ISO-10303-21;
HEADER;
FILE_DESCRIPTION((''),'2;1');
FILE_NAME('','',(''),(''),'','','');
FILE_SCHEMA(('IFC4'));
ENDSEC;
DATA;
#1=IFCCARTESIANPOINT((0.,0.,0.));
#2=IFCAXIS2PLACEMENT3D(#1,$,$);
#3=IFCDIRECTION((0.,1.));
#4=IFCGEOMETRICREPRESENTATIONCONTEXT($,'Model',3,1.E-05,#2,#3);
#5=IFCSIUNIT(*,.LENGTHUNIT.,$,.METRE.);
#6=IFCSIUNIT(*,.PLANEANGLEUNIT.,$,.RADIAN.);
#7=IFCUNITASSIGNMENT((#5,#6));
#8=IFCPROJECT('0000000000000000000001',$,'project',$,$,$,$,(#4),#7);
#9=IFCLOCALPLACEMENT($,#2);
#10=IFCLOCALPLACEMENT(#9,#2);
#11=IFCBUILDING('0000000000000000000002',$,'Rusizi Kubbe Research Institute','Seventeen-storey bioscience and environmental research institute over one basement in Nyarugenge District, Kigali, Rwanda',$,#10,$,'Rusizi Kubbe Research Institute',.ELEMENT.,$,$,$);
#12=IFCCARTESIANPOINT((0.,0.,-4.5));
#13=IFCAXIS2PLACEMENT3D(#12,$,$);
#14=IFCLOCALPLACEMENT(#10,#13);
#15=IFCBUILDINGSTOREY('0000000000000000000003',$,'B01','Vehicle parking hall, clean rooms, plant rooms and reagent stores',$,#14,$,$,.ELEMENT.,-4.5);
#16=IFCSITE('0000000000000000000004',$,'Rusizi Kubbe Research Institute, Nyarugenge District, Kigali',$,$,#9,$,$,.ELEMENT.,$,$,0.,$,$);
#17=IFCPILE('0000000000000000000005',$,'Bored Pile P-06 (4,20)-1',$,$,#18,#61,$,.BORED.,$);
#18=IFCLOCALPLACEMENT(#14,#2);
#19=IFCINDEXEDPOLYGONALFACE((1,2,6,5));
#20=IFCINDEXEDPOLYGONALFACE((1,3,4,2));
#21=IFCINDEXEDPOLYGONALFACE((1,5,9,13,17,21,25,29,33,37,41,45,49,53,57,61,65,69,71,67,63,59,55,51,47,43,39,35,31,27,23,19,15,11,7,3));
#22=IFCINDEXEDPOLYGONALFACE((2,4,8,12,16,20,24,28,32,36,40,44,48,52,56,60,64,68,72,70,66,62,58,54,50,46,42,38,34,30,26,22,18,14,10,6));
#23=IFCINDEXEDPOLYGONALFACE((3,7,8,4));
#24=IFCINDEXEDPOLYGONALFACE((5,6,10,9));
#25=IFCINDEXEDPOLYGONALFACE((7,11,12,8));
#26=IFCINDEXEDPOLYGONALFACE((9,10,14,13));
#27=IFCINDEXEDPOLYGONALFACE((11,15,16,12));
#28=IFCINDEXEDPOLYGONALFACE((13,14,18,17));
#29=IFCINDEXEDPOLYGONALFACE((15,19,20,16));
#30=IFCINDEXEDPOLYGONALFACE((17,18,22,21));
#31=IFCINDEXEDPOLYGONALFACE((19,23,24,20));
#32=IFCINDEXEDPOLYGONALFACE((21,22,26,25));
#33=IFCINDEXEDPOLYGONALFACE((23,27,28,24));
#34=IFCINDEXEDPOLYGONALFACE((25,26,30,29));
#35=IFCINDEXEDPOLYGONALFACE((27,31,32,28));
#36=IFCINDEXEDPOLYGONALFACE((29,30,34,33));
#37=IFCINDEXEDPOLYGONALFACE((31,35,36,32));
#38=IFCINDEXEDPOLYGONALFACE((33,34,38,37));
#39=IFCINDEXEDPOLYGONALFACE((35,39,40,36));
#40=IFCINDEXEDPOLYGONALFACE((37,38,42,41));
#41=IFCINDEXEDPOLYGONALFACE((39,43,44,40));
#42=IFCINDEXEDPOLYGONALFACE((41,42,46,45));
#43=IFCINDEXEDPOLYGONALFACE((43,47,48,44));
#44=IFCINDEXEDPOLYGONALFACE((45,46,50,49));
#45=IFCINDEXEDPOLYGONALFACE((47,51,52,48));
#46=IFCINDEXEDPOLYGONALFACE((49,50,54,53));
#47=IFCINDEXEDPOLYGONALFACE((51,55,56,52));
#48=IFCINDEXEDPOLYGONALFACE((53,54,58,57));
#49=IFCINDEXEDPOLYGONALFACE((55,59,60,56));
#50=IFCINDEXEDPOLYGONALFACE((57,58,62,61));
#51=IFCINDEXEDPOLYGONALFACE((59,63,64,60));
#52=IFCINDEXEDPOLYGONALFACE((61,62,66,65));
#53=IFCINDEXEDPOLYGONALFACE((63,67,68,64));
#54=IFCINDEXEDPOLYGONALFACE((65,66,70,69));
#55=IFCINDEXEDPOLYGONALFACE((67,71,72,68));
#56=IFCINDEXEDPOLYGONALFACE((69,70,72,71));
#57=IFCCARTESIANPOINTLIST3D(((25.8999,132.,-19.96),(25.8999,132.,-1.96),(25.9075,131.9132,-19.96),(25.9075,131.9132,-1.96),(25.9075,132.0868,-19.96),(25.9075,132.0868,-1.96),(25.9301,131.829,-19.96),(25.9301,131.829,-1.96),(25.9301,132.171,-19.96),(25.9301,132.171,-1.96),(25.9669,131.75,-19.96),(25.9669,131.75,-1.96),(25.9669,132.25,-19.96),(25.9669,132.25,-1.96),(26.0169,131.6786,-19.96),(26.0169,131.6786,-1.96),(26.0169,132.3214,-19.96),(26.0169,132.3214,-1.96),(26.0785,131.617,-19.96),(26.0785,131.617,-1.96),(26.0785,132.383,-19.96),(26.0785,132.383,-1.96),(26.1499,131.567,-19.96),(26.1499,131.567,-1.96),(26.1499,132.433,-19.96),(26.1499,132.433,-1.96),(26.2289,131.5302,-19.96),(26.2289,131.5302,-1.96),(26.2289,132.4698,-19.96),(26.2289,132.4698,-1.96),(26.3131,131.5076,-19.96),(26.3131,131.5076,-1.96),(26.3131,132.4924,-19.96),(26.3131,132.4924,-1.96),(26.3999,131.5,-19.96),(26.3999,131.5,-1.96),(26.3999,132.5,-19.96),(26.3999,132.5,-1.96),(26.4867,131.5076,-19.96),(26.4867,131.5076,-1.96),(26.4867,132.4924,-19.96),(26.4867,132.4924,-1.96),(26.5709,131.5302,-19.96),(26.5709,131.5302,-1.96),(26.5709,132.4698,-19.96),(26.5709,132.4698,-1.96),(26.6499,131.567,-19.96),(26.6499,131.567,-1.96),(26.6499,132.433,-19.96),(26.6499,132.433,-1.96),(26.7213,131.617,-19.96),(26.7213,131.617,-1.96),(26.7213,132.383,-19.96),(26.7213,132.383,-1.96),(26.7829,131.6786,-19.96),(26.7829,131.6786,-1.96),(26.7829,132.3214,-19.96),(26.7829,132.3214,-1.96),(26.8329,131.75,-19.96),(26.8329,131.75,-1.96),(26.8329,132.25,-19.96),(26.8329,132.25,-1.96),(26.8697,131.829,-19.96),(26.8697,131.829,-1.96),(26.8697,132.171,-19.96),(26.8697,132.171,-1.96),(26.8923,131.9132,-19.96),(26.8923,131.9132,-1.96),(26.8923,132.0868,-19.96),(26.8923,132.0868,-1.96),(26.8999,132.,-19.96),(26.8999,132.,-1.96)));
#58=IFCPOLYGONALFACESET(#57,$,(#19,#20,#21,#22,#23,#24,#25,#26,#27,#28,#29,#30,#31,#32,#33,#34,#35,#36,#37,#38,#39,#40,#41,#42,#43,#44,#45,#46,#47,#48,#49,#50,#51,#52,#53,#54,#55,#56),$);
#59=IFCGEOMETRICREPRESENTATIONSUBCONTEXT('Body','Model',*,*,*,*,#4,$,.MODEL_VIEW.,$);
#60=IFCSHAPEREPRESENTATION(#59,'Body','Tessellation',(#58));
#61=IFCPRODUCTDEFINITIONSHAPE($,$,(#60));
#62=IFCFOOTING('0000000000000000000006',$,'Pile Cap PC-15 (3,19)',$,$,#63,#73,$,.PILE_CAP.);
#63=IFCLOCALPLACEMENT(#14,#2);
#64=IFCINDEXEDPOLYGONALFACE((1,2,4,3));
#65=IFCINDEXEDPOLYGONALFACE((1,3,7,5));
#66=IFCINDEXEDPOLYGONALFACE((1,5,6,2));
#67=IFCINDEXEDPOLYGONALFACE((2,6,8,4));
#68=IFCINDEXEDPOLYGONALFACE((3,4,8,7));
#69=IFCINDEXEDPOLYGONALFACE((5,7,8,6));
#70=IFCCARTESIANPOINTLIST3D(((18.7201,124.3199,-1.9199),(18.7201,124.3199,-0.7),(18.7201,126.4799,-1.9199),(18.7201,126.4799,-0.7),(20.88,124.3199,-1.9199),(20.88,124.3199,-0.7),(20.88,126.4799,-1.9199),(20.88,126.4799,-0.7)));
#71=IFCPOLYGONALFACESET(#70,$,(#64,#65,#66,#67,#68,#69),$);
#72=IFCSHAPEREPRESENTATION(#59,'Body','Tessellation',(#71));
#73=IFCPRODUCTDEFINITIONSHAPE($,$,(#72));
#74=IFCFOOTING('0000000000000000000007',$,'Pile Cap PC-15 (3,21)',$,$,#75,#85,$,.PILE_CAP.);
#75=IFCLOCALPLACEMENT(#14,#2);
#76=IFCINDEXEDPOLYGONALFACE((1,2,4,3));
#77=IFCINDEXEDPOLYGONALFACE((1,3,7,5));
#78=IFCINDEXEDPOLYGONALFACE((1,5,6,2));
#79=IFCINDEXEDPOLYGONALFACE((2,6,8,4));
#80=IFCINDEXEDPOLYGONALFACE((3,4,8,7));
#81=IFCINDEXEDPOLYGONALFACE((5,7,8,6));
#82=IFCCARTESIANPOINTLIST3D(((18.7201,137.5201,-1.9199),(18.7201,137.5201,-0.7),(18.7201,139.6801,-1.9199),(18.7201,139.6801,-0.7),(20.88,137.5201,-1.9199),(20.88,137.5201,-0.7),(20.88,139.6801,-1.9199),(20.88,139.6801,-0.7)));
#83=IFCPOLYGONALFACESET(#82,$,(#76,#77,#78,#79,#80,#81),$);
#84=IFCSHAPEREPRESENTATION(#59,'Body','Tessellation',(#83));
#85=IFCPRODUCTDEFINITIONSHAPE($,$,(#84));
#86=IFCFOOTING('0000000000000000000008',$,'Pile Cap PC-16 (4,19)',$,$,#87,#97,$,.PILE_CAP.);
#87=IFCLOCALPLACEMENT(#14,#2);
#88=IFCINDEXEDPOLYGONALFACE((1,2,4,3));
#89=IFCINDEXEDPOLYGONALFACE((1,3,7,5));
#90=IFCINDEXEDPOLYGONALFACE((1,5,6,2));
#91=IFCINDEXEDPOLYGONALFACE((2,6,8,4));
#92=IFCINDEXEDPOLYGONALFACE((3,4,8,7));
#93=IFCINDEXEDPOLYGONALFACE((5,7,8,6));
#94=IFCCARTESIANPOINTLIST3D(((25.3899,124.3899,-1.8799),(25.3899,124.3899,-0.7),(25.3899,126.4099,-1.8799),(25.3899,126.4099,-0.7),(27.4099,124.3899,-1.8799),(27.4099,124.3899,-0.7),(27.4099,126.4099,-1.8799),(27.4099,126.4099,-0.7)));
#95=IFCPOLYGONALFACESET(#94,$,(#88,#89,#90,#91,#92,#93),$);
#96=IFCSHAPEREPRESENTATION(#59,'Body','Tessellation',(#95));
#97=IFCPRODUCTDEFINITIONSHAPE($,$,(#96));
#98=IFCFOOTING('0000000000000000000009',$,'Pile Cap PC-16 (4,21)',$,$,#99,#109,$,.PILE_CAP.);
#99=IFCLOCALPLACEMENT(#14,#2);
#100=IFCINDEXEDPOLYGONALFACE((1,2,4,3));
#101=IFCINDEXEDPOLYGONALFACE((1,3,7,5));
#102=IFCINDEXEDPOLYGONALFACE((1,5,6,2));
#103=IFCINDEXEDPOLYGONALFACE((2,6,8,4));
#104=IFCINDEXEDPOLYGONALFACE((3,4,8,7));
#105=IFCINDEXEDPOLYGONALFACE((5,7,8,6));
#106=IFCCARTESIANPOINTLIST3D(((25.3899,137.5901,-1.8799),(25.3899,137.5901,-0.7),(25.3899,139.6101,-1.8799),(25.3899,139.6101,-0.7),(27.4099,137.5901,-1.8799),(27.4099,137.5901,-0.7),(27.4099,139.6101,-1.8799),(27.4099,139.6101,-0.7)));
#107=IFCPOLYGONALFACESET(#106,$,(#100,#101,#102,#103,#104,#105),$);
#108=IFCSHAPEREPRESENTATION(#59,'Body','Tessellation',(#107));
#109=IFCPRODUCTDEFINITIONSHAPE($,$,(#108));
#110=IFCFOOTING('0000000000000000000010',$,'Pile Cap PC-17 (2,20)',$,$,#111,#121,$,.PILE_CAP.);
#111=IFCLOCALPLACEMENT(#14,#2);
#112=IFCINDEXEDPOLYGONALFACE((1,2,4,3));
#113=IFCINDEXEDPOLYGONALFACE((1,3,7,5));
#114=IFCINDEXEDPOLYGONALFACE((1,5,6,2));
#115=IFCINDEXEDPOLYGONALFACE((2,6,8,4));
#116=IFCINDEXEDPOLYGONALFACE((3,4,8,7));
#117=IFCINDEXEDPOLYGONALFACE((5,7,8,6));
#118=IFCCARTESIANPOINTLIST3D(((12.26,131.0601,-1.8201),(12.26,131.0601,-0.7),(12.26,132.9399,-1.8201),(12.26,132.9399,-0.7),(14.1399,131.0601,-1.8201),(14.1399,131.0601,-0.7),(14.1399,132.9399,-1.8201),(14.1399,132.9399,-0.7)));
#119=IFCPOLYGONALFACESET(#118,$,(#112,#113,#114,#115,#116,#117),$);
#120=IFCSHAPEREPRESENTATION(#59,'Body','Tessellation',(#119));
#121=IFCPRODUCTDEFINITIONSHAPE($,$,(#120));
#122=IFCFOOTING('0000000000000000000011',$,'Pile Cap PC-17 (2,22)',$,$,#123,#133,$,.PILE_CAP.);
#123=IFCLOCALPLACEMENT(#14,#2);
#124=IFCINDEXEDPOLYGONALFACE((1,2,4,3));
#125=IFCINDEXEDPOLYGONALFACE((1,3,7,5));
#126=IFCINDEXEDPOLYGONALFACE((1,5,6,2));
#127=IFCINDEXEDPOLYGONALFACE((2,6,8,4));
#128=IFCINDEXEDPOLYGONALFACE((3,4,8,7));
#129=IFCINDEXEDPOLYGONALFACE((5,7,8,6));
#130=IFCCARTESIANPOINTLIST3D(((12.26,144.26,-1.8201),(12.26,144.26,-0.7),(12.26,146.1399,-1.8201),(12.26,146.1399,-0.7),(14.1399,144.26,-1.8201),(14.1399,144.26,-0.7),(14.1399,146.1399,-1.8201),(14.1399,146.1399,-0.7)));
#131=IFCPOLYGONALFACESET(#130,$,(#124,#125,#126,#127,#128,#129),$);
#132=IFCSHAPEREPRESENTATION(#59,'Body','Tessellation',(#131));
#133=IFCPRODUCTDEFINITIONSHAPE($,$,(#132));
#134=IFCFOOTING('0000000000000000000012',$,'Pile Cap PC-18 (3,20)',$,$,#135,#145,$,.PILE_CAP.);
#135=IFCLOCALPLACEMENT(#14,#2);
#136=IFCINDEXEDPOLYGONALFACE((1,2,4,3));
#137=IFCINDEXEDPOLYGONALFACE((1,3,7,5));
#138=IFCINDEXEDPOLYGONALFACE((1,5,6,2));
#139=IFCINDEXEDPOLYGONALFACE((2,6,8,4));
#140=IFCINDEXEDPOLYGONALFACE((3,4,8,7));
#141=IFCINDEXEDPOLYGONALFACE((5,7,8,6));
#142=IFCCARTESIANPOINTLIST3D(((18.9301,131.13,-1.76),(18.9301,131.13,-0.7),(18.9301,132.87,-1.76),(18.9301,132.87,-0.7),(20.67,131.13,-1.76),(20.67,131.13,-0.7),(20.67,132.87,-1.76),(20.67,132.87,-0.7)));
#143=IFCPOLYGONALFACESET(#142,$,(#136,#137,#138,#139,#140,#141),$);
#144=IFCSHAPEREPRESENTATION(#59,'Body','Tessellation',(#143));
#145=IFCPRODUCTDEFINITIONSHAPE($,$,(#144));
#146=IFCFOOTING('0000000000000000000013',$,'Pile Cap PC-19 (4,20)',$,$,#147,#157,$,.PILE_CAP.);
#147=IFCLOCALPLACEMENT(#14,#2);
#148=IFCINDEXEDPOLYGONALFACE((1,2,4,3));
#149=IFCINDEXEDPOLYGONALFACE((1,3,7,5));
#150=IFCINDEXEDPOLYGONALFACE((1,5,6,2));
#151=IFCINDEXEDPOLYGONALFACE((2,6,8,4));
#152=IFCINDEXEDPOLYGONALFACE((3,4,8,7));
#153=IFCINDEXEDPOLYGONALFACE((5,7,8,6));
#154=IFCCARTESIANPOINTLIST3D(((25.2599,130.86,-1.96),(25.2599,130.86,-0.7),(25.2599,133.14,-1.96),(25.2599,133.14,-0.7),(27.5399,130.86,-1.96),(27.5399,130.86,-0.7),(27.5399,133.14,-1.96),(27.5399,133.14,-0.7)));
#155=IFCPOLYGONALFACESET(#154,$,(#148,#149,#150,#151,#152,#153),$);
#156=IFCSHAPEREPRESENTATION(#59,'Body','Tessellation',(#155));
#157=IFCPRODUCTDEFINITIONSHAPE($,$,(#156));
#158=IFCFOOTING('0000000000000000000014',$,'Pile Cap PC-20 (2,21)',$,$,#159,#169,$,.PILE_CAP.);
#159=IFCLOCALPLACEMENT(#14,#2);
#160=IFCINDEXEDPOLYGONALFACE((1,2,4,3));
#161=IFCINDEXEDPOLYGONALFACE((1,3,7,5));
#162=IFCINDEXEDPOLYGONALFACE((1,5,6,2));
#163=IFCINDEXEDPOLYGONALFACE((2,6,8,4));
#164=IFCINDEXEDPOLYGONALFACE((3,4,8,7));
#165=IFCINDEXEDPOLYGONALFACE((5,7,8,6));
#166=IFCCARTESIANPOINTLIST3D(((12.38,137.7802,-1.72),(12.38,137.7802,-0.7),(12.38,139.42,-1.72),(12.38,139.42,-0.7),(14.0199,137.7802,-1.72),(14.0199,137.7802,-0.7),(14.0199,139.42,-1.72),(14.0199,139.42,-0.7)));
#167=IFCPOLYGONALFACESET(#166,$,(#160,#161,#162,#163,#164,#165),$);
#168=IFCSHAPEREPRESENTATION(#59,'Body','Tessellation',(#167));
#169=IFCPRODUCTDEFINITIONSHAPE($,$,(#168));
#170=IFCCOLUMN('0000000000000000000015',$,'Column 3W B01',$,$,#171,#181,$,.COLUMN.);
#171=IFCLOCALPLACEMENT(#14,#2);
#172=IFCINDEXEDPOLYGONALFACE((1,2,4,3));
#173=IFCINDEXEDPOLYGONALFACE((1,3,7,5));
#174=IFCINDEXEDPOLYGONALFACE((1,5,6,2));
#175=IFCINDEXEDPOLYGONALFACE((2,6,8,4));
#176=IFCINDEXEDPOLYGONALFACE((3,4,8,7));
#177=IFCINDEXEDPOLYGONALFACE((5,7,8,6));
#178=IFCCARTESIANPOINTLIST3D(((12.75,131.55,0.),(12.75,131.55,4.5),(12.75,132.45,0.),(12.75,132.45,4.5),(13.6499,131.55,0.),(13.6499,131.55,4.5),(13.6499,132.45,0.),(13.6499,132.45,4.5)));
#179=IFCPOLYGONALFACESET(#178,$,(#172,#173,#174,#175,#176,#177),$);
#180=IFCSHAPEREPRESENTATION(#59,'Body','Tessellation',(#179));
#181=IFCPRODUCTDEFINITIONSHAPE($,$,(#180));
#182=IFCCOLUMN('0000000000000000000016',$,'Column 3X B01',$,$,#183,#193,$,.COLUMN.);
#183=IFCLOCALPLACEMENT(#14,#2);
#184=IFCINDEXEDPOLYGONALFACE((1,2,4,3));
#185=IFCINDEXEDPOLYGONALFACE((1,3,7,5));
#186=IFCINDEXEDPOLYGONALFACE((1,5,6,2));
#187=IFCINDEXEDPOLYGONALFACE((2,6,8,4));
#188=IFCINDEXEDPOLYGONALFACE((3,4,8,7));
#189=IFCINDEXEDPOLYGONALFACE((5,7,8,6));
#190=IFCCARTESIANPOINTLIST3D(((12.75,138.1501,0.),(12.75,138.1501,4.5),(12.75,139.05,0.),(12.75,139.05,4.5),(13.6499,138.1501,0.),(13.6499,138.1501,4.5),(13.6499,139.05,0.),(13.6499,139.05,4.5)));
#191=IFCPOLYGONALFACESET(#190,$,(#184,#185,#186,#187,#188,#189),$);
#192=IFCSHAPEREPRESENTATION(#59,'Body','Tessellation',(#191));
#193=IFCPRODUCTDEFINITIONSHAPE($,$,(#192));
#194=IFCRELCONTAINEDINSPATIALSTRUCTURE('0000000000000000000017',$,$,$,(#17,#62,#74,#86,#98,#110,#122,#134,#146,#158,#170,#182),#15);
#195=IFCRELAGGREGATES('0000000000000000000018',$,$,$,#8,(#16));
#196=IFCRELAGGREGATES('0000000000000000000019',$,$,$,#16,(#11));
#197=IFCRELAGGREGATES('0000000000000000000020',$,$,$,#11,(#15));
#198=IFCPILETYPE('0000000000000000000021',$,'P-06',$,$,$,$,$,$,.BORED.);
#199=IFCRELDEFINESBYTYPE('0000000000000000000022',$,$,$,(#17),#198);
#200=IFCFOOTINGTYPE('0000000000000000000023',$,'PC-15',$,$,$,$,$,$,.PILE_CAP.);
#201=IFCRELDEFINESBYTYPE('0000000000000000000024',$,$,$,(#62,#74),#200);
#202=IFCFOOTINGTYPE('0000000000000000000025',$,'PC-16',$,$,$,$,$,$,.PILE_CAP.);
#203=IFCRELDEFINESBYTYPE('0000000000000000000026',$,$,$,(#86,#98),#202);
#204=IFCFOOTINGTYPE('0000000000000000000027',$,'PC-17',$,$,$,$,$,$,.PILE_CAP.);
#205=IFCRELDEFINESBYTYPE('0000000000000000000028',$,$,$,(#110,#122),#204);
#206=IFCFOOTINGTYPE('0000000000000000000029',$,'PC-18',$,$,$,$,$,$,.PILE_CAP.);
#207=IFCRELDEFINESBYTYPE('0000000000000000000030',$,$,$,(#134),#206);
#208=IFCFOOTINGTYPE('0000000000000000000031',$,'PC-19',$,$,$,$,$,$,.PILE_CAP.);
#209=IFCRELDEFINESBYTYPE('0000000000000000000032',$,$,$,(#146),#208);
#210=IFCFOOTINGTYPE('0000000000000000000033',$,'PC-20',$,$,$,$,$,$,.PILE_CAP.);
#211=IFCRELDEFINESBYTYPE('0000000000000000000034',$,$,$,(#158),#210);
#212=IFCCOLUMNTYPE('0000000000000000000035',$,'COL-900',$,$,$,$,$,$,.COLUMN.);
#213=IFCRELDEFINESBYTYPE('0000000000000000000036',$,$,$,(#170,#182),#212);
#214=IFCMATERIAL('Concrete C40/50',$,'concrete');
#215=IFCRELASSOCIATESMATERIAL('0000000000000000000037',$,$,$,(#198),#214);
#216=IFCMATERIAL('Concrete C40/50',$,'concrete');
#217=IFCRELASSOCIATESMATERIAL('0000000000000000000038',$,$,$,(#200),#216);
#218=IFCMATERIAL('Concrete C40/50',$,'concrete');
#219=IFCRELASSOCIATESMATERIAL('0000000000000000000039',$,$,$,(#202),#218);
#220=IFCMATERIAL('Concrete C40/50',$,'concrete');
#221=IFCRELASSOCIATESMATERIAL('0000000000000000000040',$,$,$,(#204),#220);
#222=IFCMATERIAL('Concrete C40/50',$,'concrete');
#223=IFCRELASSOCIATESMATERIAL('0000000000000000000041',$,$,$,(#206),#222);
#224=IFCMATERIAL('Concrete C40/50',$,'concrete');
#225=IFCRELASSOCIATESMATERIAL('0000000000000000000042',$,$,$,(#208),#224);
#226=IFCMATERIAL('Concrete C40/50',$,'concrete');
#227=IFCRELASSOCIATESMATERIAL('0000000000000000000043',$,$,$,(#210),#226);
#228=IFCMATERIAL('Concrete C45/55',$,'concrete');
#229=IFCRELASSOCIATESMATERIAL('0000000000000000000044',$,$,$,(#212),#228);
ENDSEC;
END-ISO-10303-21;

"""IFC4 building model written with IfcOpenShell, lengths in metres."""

from ifc_helpers import new_model, si_unit, direction, frame, origin, origin_2d, place, context, subcontext, project, spatial, rectangle, circle, extrude, material, material_profile, profile_set, type_object, element, save


model = new_model("IFC4")

# Units and contexts
model_context = context("Model", 3, precision=1e-05, world=origin(), true_north=direction((0.0, 1.0)))
body_context = subcontext(model_context, "Body", "Model", "MODEL_VIEW")
ifc_project = project(units=[si_unit("LENGTHUNIT", "METRE"), si_unit("PLANEANGLEUNIT", "RADIAN")], contexts=[model_context])

# Site, building, storey
site_placement = place(None, origin())
site = spatial("IfcSite", under=ifc_project, at=site_placement, Name="Rusizi Kubbe Research Institute, Nyarugenge District, Kigali", CompositionType="ELEMENT", RefElevation=0.0)
building_placement = place(site_placement, origin())
building = spatial("IfcBuilding", under=site, at=building_placement, Name="Rusizi Kubbe Research Institute", Description="Seventeen-storey bioscience and environmental research institute over one basement in Nyarugenge District, Kigali, Rwanda", LongName="Rusizi Kubbe Research Institute", CompositionType="ELEMENT")
storey_placement = place(building_placement, frame((0.0, 0.0, -4.5)))
storey = spatial("IfcBuildingStorey", under=building, at=storey_placement, Name="B01", Description="Vehicle parking hall, clean rooms, plant rooms and reagent stores", CompositionType="ELEMENT", Elevation=-4.5)

# Pile
ifc_material_1 = material(Name="Concrete C40/50", Category="concrete")
ifc_material_profile_1 = material_profile(ifc_material_1, circle(Radius=0.5, at=origin_2d()), Name="PILE-D1000")
ifc_profile_set_1 = profile_set([ifc_material_profile_1], Name="Concrete C40/50")
pile_type_1 = type_object("IfcPileType", Name="P-06", PredefinedType="BORED", material=ifc_profile_set_1)
pile_placement = place(storey_placement, frame((26.3999, 132.0, -1.96), z_axis=(0.0, 0.0, -1.0), x_axis=(1.0, 0.0, 0.0)))
element("IfcPile", 1, at=pile_placement, inside=storey, type_object=pile_type_1, Name="Bored Pile P-06 (4,20)-1", PredefinedType="BORED", context=body_context, shape_type="SweptSolid", body=[
    extrude(circle(Radius=0.5, at=origin_2d()), origin(), (0.0, 0.0, 1.0), 18.0),
])

# Footings
ifc_material_2 = material(Name="Concrete C40/50", Category="concrete")
footing_type_1 = type_object("IfcFootingType", Name="PC-15", PredefinedType="PILE_CAP", material=ifc_material_2)
for number, where, z_axis, x_axis, name in (
    (2, (19.8, 125.3999, -1.9199), (0.0, 0.0, 1.0), (1.0, 0.0, 0.0), "Pile Cap PC-15 (3,19)"),
    (3, (19.8, 138.6001, -1.9199), (0.0, 0.0, 1.0), (1.0, 0.0, 0.0), "Pile Cap PC-15 (3,21)"),
):
    element("IfcFooting", number, at=place(storey_placement, frame(where, z_axis=z_axis, x_axis=x_axis)), inside=storey, type_object=footing_type_1, Name=name, PredefinedType="PILE_CAP", context=body_context, shape_type="SweptSolid", body=[
        extrude(rectangle(XDim=2.1599, YDim=2.1599, at=origin_2d()), origin(), (0.0, 0.0, 1.0), 1.22),
    ])
ifc_material_3 = material(Name="Concrete C40/50", Category="concrete")
footing_type_2 = type_object("IfcFootingType", Name="PC-16", PredefinedType="PILE_CAP", material=ifc_material_3)
for number, where, z_axis, x_axis, name in (
    (4, (26.3999, 125.3999, -1.8799), (0.0, 0.0, 1.0), (1.0, 0.0, 0.0), "Pile Cap PC-16 (4,19)"),
    (5, (26.3999, 138.6001, -1.8799), (0.0, 0.0, 1.0), (1.0, 0.0, 0.0), "Pile Cap PC-16 (4,21)"),
):
    element("IfcFooting", number, at=place(storey_placement, frame(where, z_axis=z_axis, x_axis=x_axis)), inside=storey, type_object=footing_type_2, Name=name, PredefinedType="PILE_CAP", context=body_context, shape_type="SweptSolid", body=[
        extrude(rectangle(XDim=2.02, YDim=2.02, at=origin_2d()), origin(), (0.0, 0.0, 1.0), 1.1799),
    ])
ifc_material_4 = material(Name="Concrete C40/50", Category="concrete")
footing_type_3 = type_object("IfcFootingType", Name="PC-17", PredefinedType="PILE_CAP", material=ifc_material_4)
for number, where, z_axis, x_axis, name in (
    (6, (13.2, 132.0, -1.8201), (0.0, 0.0, 1.0), (1.0, 0.0, 0.0), "Pile Cap PC-17 (2,20)"),
    (7, (13.2, 145.2, -1.8201), (0.0, 0.0, 1.0), (1.0, 0.0, 0.0), "Pile Cap PC-17 (2,22)"),
):
    element("IfcFooting", number, at=place(storey_placement, frame(where, z_axis=z_axis, x_axis=x_axis)), inside=storey, type_object=footing_type_3, Name=name, PredefinedType="PILE_CAP", context=body_context, shape_type="SweptSolid", body=[
        extrude(rectangle(XDim=1.8799, YDim=1.8799, at=origin_2d()), origin(), (0.0, 0.0, 1.0), 1.1201),
    ])
ifc_material_5 = material(Name="Concrete C40/50", Category="concrete")
footing_type_4 = type_object("IfcFootingType", Name="PC-18", PredefinedType="PILE_CAP", material=ifc_material_5)
footing_1_placement = place(storey_placement, frame((19.8, 132.0, -1.76), z_axis=(0.0, 0.0, 1.0), x_axis=(1.0, 0.0, 0.0)))
element("IfcFooting", 8, at=footing_1_placement, inside=storey, type_object=footing_type_4, Name="Pile Cap PC-18 (3,20)", PredefinedType="PILE_CAP", context=body_context, shape_type="SweptSolid", body=[
    extrude(rectangle(XDim=1.74, YDim=1.74, at=origin_2d()), origin(), (0.0, 0.0, 1.0), 1.0601),
])
ifc_material_6 = material(Name="Concrete C40/50", Category="concrete")
footing_type_5 = type_object("IfcFootingType", Name="PC-19", PredefinedType="PILE_CAP", material=ifc_material_6)
footing_2_placement = place(storey_placement, frame((26.3999, 132.0, -1.96), z_axis=(0.0, 0.0, 1.0), x_axis=(1.0, 0.0, 0.0)))
element("IfcFooting", 9, at=footing_2_placement, inside=storey, type_object=footing_type_5, Name="Pile Cap PC-19 (4,20)", PredefinedType="PILE_CAP", context=body_context, shape_type="SweptSolid", body=[
    extrude(rectangle(XDim=2.28, YDim=2.28, at=origin_2d()), origin(), (0.0, 0.0, 1.0), 1.26),
])
ifc_material_7 = material(Name="Concrete C40/50", Category="concrete")
footing_type_6 = type_object("IfcFootingType", Name="PC-20", PredefinedType="PILE_CAP", material=ifc_material_7)
footing_3_placement = place(storey_placement, frame((13.2, 138.6001, -1.72), z_axis=(0.0, 0.0, 1.0), x_axis=(1.0, 0.0, 0.0)))
element("IfcFooting", 10, at=footing_3_placement, inside=storey, type_object=footing_type_6, Name="Pile Cap PC-20 (2,21)", PredefinedType="PILE_CAP", context=body_context, shape_type="SweptSolid", body=[
    extrude(rectangle(XDim=1.6399, YDim=1.6399, at=origin_2d()), origin(), (0.0, 0.0, 1.0), 1.02),
])

# Columns
ifc_material_8 = material(Name="Concrete C45/55", Category="concrete")
ifc_material_profile_2 = material_profile(ifc_material_8, rectangle(XDim=0.8999, YDim=0.8999, at=origin_2d()), Name="RC900x900")
ifc_profile_set_2 = profile_set([ifc_material_profile_2], Name="Concrete C45/55")
column_type = type_object("IfcColumnType", Name="COL-900", PredefinedType="COLUMN", material=ifc_profile_set_2)
for number, where, z_axis, x_axis, name in (
    (11, (13.2, 132.0, 0.0), (0.0, 0.0, 1.0), (1.0, 0.0, 0.0), "Column 3W B01"),
    (12, (13.2, 138.6001, 0.0), (0.0, 0.0, 1.0), (1.0, 0.0, 0.0), "Column 3X B01"),
):
    element("IfcColumn", number, at=place(storey_placement, frame(where, z_axis=z_axis, x_axis=x_axis)), inside=storey, type_object=column_type, Name=name, PredefinedType="COLUMN", context=body_context, shape_type="SweptSolid", body=[
        extrude(rectangle(XDim=0.8999, YDim=0.8999, at=origin_2d()), origin(), (0.0, 0.0, 1.0), 4.5),
    ])

save(model, "model.ifc")
